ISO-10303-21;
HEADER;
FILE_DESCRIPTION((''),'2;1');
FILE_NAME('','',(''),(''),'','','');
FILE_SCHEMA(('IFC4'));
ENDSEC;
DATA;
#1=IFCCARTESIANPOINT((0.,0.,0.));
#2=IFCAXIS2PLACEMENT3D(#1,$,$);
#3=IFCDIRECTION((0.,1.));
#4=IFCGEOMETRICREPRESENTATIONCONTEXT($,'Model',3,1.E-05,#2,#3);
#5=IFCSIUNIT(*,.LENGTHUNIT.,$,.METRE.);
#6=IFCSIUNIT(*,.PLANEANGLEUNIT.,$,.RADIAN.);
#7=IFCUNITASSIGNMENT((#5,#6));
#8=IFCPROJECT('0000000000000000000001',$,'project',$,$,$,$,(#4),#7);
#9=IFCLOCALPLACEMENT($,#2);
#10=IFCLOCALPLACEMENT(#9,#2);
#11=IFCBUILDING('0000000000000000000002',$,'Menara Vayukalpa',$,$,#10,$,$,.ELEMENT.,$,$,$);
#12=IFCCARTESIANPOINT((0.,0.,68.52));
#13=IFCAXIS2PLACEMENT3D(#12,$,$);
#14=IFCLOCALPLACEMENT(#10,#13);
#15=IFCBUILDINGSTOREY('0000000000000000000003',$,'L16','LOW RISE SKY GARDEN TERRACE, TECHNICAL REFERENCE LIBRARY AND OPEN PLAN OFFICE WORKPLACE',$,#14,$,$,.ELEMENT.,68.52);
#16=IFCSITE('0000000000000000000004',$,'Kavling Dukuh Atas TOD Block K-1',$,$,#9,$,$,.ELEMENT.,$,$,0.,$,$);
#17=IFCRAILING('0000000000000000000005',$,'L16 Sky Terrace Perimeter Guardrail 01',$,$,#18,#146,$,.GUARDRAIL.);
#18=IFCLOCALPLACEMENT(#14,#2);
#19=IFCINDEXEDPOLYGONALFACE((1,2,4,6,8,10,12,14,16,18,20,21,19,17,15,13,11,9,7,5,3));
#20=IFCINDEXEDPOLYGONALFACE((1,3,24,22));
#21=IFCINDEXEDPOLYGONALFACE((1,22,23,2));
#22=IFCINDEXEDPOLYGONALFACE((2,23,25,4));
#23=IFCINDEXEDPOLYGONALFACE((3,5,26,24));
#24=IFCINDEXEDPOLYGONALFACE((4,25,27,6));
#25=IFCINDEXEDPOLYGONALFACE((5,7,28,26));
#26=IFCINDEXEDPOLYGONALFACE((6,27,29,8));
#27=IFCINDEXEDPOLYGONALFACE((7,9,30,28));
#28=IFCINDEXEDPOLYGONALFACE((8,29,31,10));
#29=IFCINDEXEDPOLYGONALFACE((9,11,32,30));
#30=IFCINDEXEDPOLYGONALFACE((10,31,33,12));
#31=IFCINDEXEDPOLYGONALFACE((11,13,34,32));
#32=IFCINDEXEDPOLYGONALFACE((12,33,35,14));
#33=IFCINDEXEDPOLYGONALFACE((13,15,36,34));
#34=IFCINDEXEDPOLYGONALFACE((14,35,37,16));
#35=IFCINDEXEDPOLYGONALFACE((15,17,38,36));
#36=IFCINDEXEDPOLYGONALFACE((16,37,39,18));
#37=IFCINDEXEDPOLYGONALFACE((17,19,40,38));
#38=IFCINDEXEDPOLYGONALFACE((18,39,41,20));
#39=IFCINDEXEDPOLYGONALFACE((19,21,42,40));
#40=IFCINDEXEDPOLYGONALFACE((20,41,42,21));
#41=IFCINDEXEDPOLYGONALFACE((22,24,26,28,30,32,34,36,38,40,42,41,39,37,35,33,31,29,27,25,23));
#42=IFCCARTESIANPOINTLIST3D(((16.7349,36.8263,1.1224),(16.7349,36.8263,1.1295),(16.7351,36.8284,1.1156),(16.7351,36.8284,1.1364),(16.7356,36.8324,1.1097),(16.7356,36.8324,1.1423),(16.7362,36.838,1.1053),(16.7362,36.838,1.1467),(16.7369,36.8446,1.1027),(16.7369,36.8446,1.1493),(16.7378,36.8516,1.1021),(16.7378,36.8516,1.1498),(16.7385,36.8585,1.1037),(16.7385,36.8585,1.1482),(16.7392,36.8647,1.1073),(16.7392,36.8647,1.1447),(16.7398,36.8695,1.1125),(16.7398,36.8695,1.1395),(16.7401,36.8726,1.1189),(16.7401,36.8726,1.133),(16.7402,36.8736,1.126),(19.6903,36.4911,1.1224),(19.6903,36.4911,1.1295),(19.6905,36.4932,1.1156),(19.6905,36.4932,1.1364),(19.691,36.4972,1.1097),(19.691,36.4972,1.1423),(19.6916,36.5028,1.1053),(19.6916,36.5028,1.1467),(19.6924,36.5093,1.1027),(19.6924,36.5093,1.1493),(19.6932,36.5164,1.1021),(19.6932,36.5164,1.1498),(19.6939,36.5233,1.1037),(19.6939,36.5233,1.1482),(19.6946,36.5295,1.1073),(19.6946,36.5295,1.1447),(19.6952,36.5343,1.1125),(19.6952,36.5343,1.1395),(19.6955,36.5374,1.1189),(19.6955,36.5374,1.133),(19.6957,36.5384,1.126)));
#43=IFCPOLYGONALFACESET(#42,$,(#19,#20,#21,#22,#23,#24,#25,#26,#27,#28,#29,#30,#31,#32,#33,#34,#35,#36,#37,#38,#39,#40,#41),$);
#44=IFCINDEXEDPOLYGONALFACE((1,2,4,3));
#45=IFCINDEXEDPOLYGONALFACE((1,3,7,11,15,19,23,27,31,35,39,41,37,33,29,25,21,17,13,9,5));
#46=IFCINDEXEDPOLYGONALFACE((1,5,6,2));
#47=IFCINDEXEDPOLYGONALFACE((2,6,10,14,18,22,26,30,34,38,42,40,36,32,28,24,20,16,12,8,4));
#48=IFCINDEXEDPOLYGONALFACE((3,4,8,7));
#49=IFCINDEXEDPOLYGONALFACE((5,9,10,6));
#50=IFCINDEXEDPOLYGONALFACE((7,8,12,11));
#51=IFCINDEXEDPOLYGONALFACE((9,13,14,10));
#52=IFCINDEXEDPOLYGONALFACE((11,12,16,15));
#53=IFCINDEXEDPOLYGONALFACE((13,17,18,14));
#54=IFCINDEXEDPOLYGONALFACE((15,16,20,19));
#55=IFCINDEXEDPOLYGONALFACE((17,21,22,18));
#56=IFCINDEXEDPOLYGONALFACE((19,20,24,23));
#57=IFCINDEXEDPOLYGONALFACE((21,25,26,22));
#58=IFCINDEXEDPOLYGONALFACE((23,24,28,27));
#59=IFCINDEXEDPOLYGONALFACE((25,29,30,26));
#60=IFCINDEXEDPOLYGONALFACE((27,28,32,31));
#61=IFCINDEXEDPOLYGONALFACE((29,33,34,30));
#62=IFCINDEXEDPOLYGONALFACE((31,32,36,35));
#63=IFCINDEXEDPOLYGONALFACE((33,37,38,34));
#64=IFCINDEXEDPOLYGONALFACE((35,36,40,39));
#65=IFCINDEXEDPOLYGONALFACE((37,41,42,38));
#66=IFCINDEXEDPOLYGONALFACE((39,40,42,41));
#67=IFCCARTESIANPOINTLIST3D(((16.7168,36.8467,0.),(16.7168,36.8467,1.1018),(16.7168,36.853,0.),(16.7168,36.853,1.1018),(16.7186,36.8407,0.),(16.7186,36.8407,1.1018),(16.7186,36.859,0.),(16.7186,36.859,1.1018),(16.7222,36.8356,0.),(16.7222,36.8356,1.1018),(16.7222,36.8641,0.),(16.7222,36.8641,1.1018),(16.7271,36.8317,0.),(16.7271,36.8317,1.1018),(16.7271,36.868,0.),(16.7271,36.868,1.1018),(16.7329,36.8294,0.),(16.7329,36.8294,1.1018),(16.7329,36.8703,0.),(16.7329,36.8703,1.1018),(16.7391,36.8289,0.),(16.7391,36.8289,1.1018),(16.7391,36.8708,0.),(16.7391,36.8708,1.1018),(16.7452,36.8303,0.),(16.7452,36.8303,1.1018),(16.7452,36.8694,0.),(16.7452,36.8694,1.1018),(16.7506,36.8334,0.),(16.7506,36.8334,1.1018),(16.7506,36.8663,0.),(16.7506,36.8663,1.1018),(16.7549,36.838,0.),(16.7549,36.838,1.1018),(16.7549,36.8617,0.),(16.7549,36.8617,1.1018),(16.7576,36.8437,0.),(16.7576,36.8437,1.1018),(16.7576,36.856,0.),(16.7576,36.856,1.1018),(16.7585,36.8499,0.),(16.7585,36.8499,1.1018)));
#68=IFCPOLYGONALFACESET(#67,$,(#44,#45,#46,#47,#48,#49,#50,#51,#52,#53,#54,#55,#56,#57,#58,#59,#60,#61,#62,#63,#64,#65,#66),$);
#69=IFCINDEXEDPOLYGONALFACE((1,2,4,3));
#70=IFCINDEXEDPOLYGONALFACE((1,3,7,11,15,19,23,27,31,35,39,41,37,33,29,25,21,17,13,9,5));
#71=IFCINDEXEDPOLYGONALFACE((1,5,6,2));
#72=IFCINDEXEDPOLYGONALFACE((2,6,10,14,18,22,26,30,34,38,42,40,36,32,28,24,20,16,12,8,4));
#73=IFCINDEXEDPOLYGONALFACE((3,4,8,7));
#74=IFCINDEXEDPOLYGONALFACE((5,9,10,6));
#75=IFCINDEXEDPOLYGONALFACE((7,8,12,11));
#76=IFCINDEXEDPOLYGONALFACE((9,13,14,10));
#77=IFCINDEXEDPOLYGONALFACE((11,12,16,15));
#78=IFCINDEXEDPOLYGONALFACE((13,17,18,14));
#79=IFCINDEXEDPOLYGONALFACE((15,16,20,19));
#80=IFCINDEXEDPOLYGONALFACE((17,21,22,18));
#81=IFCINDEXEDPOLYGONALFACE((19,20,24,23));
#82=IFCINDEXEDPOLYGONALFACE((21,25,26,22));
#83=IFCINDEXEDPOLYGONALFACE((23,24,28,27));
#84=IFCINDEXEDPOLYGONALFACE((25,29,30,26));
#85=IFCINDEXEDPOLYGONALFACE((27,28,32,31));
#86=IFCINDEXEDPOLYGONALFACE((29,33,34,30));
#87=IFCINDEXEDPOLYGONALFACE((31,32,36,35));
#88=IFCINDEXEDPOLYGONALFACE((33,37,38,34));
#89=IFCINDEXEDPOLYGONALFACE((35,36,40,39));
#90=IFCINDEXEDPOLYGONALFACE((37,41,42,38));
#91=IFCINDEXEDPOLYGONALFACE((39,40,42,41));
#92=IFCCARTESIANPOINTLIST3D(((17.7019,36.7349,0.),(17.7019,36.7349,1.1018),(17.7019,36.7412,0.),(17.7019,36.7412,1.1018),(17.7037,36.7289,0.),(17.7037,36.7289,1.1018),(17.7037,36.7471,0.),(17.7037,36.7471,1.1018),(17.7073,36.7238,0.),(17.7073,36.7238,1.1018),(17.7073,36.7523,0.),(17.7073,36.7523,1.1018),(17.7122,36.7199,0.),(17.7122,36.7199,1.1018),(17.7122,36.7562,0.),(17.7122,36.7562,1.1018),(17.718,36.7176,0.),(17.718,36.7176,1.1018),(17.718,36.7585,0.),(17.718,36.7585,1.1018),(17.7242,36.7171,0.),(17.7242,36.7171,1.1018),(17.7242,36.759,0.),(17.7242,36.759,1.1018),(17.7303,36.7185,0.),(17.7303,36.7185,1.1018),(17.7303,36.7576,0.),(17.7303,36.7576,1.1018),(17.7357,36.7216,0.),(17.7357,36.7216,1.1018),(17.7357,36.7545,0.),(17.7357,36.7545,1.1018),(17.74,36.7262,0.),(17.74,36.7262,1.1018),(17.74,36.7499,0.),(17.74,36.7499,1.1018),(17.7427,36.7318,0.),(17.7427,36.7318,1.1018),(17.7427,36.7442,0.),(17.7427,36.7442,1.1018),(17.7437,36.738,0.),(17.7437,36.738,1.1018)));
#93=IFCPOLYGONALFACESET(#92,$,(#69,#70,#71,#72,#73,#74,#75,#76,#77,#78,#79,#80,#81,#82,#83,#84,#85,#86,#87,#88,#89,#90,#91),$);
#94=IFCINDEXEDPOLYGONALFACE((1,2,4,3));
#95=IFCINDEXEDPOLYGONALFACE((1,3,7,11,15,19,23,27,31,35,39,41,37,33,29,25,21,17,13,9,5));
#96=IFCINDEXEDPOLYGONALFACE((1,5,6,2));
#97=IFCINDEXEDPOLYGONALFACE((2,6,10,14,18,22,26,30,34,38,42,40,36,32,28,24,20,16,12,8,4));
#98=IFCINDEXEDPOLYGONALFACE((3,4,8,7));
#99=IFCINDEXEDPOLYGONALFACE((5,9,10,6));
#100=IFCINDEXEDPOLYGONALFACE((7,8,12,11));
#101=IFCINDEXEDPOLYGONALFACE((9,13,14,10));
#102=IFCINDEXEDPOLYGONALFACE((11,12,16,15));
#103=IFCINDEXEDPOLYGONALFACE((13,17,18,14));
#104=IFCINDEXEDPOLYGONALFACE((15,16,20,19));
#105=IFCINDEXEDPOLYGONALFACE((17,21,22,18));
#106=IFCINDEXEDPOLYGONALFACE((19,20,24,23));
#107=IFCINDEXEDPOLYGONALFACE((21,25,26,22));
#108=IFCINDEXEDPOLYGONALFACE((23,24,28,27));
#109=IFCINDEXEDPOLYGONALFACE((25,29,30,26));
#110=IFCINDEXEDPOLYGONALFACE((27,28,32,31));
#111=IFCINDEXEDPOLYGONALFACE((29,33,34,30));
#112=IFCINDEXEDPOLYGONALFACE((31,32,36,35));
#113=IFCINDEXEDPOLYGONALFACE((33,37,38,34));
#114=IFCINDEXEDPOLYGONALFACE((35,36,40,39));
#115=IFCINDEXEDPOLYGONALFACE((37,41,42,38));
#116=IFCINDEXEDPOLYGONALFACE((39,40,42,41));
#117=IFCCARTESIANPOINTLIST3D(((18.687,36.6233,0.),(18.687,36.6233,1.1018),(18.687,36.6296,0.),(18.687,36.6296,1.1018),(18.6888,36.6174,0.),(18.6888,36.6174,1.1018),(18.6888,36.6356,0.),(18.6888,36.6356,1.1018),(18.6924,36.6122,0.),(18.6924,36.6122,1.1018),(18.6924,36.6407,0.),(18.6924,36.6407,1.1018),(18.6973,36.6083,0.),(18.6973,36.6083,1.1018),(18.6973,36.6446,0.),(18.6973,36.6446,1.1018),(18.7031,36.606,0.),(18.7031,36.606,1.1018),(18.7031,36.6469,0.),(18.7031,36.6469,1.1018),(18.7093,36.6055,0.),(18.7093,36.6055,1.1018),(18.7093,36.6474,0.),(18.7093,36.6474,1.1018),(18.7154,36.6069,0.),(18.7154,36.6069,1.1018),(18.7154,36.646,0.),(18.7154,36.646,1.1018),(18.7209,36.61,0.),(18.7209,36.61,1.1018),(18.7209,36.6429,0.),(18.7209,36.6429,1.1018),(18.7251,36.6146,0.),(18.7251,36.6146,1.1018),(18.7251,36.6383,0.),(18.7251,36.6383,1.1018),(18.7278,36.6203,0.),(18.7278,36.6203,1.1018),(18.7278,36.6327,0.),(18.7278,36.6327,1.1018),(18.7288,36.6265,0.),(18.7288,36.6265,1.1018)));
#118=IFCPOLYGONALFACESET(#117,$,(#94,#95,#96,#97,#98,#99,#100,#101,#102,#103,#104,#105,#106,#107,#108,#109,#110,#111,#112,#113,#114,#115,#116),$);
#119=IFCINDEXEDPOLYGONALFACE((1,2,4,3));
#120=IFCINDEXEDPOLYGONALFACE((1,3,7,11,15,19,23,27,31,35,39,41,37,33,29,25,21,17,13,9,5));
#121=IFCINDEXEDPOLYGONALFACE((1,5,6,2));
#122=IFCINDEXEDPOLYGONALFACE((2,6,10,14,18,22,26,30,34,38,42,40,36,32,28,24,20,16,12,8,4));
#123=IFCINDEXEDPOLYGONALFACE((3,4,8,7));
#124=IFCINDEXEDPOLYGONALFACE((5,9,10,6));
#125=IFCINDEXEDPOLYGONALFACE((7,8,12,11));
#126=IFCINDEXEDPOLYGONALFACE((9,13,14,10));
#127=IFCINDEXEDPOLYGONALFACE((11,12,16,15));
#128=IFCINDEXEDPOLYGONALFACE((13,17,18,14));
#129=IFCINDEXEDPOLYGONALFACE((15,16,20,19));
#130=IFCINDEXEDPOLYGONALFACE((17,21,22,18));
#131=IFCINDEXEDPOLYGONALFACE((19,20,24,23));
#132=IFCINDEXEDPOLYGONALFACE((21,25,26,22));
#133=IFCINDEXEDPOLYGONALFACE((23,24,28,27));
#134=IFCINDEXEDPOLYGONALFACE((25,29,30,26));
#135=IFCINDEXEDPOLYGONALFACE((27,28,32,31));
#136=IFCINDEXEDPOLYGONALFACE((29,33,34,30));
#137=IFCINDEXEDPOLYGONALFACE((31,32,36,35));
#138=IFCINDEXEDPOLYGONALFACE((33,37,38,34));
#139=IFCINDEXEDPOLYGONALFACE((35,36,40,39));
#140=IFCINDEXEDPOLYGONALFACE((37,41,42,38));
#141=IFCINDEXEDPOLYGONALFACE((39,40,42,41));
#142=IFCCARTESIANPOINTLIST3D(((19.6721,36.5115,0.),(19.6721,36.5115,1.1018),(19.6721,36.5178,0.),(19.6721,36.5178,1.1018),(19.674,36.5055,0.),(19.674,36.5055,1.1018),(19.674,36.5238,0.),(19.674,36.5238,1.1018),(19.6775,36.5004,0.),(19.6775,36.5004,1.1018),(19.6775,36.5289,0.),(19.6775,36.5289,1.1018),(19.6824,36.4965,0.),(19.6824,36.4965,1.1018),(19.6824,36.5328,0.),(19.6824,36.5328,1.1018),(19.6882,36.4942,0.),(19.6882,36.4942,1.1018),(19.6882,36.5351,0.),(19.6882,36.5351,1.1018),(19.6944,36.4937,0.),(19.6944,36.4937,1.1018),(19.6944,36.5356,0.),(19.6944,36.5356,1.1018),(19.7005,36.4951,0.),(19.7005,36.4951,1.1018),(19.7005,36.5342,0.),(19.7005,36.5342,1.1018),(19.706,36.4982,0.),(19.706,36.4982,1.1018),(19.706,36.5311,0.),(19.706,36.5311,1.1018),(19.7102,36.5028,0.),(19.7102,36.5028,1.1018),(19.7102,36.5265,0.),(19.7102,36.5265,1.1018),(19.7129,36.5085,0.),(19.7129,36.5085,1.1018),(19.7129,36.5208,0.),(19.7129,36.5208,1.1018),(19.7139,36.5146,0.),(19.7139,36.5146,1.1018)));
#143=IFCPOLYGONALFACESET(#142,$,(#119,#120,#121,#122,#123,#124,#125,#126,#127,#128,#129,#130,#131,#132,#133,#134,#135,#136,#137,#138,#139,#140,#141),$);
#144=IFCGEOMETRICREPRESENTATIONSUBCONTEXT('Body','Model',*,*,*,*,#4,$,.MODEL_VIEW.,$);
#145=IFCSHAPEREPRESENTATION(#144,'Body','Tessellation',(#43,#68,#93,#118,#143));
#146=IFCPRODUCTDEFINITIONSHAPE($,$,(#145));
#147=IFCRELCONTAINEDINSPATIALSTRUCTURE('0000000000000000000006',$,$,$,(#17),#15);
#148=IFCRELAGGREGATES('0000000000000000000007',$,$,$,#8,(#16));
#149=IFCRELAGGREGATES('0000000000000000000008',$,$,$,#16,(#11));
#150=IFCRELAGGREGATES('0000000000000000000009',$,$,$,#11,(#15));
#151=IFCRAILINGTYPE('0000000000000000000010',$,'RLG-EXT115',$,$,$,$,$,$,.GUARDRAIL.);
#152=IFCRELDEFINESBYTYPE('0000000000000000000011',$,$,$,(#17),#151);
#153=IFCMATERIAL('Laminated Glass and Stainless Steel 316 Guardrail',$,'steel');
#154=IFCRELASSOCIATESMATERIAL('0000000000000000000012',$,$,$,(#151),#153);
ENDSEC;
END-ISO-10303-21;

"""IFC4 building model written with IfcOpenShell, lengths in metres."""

from ifc_helpers import new_model, si_unit, direction, frame, origin, origin_2d, place, context, subcontext, project, spatial, circle, extrude, material, type_object, element, save


model = new_model("IFC4")

# Units and contexts
model_context = context("Model", 3, precision=1e-05, world=origin(), true_north=direction((0.0, 1.0)))
body_context = subcontext(model_context, "Body", "Model", "MODEL_VIEW")
ifc_project = project(units=[si_unit("LENGTHUNIT", "METRE"), si_unit("PLANEANGLEUNIT", "RADIAN")], contexts=[model_context])

# Site, building, storey
site_placement = place(None, origin())
site = spatial("IfcSite", under=ifc_project, at=site_placement, Name="Kavling Dukuh Atas TOD Block K-1", CompositionType="ELEMENT", RefElevation=0.0)
building_placement = place(site_placement, origin())
building = spatial("IfcBuilding", under=site, at=building_placement, Name="Menara Vayukalpa", CompositionType="ELEMENT")
storey_placement = place(building_placement, frame((0.0, 0.0, 68.52)))
storey = spatial("IfcBuildingStorey", under=building, at=storey_placement, Name="L16", Description="LOW RISE SKY GARDEN TERRACE, TECHNICAL REFERENCE LIBRARY AND OPEN PLAN OFFICE WORKPLACE", CompositionType="ELEMENT", Elevation=68.52)

# Railing
ifc_material_1 = material(Name="Laminated Glass and Stainless Steel 316 Guardrail", Category="steel")
railing_type = type_object("IfcRailingType", Name="RLG-EXT115", PredefinedType="GUARDRAIL", material=ifc_material_1)
railing_1_placement = place(storey_placement, frame((16.7375, 36.8499, 0.0)))
element("IfcRailing", 1, at=railing_1_placement, inside=storey, type_object=railing_type, Name="L16 Sky Terrace Perimeter Guardrail 01", PredefinedType="GUARDRAIL", context=body_context, shape_type="SweptSolid", body=[
    extrude(circle(Radius=0.0239, at=origin_2d()), frame((0.0, 0.0, 1.126), z_axis=(0.993629, -0.112702, 0.0), x_axis=(0.112702, 0.993629, 0.0)), (0.0, 0.0, 1.0), 2.9744),
    extrude(circle(Radius=0.021, at=origin_2d()), origin(), (0.0, 0.0, 1.0), 1.1018),
    extrude(circle(Radius=0.021, at=origin_2d()), frame((0.9851, -0.1118, 0.0)), (0.0, 0.0, 1.0), 1.1018),
    extrude(circle(Radius=0.021, at=origin_2d()), frame((1.9702, -0.2234, 0.0)), (0.0, 0.0, 1.0), 1.1018),
    extrude(circle(Radius=0.021, at=origin_2d()), frame((2.9553, -0.3352, 0.0)), (0.0, 0.0, 1.0), 1.1018),
])

save(model, "model.ifc")
